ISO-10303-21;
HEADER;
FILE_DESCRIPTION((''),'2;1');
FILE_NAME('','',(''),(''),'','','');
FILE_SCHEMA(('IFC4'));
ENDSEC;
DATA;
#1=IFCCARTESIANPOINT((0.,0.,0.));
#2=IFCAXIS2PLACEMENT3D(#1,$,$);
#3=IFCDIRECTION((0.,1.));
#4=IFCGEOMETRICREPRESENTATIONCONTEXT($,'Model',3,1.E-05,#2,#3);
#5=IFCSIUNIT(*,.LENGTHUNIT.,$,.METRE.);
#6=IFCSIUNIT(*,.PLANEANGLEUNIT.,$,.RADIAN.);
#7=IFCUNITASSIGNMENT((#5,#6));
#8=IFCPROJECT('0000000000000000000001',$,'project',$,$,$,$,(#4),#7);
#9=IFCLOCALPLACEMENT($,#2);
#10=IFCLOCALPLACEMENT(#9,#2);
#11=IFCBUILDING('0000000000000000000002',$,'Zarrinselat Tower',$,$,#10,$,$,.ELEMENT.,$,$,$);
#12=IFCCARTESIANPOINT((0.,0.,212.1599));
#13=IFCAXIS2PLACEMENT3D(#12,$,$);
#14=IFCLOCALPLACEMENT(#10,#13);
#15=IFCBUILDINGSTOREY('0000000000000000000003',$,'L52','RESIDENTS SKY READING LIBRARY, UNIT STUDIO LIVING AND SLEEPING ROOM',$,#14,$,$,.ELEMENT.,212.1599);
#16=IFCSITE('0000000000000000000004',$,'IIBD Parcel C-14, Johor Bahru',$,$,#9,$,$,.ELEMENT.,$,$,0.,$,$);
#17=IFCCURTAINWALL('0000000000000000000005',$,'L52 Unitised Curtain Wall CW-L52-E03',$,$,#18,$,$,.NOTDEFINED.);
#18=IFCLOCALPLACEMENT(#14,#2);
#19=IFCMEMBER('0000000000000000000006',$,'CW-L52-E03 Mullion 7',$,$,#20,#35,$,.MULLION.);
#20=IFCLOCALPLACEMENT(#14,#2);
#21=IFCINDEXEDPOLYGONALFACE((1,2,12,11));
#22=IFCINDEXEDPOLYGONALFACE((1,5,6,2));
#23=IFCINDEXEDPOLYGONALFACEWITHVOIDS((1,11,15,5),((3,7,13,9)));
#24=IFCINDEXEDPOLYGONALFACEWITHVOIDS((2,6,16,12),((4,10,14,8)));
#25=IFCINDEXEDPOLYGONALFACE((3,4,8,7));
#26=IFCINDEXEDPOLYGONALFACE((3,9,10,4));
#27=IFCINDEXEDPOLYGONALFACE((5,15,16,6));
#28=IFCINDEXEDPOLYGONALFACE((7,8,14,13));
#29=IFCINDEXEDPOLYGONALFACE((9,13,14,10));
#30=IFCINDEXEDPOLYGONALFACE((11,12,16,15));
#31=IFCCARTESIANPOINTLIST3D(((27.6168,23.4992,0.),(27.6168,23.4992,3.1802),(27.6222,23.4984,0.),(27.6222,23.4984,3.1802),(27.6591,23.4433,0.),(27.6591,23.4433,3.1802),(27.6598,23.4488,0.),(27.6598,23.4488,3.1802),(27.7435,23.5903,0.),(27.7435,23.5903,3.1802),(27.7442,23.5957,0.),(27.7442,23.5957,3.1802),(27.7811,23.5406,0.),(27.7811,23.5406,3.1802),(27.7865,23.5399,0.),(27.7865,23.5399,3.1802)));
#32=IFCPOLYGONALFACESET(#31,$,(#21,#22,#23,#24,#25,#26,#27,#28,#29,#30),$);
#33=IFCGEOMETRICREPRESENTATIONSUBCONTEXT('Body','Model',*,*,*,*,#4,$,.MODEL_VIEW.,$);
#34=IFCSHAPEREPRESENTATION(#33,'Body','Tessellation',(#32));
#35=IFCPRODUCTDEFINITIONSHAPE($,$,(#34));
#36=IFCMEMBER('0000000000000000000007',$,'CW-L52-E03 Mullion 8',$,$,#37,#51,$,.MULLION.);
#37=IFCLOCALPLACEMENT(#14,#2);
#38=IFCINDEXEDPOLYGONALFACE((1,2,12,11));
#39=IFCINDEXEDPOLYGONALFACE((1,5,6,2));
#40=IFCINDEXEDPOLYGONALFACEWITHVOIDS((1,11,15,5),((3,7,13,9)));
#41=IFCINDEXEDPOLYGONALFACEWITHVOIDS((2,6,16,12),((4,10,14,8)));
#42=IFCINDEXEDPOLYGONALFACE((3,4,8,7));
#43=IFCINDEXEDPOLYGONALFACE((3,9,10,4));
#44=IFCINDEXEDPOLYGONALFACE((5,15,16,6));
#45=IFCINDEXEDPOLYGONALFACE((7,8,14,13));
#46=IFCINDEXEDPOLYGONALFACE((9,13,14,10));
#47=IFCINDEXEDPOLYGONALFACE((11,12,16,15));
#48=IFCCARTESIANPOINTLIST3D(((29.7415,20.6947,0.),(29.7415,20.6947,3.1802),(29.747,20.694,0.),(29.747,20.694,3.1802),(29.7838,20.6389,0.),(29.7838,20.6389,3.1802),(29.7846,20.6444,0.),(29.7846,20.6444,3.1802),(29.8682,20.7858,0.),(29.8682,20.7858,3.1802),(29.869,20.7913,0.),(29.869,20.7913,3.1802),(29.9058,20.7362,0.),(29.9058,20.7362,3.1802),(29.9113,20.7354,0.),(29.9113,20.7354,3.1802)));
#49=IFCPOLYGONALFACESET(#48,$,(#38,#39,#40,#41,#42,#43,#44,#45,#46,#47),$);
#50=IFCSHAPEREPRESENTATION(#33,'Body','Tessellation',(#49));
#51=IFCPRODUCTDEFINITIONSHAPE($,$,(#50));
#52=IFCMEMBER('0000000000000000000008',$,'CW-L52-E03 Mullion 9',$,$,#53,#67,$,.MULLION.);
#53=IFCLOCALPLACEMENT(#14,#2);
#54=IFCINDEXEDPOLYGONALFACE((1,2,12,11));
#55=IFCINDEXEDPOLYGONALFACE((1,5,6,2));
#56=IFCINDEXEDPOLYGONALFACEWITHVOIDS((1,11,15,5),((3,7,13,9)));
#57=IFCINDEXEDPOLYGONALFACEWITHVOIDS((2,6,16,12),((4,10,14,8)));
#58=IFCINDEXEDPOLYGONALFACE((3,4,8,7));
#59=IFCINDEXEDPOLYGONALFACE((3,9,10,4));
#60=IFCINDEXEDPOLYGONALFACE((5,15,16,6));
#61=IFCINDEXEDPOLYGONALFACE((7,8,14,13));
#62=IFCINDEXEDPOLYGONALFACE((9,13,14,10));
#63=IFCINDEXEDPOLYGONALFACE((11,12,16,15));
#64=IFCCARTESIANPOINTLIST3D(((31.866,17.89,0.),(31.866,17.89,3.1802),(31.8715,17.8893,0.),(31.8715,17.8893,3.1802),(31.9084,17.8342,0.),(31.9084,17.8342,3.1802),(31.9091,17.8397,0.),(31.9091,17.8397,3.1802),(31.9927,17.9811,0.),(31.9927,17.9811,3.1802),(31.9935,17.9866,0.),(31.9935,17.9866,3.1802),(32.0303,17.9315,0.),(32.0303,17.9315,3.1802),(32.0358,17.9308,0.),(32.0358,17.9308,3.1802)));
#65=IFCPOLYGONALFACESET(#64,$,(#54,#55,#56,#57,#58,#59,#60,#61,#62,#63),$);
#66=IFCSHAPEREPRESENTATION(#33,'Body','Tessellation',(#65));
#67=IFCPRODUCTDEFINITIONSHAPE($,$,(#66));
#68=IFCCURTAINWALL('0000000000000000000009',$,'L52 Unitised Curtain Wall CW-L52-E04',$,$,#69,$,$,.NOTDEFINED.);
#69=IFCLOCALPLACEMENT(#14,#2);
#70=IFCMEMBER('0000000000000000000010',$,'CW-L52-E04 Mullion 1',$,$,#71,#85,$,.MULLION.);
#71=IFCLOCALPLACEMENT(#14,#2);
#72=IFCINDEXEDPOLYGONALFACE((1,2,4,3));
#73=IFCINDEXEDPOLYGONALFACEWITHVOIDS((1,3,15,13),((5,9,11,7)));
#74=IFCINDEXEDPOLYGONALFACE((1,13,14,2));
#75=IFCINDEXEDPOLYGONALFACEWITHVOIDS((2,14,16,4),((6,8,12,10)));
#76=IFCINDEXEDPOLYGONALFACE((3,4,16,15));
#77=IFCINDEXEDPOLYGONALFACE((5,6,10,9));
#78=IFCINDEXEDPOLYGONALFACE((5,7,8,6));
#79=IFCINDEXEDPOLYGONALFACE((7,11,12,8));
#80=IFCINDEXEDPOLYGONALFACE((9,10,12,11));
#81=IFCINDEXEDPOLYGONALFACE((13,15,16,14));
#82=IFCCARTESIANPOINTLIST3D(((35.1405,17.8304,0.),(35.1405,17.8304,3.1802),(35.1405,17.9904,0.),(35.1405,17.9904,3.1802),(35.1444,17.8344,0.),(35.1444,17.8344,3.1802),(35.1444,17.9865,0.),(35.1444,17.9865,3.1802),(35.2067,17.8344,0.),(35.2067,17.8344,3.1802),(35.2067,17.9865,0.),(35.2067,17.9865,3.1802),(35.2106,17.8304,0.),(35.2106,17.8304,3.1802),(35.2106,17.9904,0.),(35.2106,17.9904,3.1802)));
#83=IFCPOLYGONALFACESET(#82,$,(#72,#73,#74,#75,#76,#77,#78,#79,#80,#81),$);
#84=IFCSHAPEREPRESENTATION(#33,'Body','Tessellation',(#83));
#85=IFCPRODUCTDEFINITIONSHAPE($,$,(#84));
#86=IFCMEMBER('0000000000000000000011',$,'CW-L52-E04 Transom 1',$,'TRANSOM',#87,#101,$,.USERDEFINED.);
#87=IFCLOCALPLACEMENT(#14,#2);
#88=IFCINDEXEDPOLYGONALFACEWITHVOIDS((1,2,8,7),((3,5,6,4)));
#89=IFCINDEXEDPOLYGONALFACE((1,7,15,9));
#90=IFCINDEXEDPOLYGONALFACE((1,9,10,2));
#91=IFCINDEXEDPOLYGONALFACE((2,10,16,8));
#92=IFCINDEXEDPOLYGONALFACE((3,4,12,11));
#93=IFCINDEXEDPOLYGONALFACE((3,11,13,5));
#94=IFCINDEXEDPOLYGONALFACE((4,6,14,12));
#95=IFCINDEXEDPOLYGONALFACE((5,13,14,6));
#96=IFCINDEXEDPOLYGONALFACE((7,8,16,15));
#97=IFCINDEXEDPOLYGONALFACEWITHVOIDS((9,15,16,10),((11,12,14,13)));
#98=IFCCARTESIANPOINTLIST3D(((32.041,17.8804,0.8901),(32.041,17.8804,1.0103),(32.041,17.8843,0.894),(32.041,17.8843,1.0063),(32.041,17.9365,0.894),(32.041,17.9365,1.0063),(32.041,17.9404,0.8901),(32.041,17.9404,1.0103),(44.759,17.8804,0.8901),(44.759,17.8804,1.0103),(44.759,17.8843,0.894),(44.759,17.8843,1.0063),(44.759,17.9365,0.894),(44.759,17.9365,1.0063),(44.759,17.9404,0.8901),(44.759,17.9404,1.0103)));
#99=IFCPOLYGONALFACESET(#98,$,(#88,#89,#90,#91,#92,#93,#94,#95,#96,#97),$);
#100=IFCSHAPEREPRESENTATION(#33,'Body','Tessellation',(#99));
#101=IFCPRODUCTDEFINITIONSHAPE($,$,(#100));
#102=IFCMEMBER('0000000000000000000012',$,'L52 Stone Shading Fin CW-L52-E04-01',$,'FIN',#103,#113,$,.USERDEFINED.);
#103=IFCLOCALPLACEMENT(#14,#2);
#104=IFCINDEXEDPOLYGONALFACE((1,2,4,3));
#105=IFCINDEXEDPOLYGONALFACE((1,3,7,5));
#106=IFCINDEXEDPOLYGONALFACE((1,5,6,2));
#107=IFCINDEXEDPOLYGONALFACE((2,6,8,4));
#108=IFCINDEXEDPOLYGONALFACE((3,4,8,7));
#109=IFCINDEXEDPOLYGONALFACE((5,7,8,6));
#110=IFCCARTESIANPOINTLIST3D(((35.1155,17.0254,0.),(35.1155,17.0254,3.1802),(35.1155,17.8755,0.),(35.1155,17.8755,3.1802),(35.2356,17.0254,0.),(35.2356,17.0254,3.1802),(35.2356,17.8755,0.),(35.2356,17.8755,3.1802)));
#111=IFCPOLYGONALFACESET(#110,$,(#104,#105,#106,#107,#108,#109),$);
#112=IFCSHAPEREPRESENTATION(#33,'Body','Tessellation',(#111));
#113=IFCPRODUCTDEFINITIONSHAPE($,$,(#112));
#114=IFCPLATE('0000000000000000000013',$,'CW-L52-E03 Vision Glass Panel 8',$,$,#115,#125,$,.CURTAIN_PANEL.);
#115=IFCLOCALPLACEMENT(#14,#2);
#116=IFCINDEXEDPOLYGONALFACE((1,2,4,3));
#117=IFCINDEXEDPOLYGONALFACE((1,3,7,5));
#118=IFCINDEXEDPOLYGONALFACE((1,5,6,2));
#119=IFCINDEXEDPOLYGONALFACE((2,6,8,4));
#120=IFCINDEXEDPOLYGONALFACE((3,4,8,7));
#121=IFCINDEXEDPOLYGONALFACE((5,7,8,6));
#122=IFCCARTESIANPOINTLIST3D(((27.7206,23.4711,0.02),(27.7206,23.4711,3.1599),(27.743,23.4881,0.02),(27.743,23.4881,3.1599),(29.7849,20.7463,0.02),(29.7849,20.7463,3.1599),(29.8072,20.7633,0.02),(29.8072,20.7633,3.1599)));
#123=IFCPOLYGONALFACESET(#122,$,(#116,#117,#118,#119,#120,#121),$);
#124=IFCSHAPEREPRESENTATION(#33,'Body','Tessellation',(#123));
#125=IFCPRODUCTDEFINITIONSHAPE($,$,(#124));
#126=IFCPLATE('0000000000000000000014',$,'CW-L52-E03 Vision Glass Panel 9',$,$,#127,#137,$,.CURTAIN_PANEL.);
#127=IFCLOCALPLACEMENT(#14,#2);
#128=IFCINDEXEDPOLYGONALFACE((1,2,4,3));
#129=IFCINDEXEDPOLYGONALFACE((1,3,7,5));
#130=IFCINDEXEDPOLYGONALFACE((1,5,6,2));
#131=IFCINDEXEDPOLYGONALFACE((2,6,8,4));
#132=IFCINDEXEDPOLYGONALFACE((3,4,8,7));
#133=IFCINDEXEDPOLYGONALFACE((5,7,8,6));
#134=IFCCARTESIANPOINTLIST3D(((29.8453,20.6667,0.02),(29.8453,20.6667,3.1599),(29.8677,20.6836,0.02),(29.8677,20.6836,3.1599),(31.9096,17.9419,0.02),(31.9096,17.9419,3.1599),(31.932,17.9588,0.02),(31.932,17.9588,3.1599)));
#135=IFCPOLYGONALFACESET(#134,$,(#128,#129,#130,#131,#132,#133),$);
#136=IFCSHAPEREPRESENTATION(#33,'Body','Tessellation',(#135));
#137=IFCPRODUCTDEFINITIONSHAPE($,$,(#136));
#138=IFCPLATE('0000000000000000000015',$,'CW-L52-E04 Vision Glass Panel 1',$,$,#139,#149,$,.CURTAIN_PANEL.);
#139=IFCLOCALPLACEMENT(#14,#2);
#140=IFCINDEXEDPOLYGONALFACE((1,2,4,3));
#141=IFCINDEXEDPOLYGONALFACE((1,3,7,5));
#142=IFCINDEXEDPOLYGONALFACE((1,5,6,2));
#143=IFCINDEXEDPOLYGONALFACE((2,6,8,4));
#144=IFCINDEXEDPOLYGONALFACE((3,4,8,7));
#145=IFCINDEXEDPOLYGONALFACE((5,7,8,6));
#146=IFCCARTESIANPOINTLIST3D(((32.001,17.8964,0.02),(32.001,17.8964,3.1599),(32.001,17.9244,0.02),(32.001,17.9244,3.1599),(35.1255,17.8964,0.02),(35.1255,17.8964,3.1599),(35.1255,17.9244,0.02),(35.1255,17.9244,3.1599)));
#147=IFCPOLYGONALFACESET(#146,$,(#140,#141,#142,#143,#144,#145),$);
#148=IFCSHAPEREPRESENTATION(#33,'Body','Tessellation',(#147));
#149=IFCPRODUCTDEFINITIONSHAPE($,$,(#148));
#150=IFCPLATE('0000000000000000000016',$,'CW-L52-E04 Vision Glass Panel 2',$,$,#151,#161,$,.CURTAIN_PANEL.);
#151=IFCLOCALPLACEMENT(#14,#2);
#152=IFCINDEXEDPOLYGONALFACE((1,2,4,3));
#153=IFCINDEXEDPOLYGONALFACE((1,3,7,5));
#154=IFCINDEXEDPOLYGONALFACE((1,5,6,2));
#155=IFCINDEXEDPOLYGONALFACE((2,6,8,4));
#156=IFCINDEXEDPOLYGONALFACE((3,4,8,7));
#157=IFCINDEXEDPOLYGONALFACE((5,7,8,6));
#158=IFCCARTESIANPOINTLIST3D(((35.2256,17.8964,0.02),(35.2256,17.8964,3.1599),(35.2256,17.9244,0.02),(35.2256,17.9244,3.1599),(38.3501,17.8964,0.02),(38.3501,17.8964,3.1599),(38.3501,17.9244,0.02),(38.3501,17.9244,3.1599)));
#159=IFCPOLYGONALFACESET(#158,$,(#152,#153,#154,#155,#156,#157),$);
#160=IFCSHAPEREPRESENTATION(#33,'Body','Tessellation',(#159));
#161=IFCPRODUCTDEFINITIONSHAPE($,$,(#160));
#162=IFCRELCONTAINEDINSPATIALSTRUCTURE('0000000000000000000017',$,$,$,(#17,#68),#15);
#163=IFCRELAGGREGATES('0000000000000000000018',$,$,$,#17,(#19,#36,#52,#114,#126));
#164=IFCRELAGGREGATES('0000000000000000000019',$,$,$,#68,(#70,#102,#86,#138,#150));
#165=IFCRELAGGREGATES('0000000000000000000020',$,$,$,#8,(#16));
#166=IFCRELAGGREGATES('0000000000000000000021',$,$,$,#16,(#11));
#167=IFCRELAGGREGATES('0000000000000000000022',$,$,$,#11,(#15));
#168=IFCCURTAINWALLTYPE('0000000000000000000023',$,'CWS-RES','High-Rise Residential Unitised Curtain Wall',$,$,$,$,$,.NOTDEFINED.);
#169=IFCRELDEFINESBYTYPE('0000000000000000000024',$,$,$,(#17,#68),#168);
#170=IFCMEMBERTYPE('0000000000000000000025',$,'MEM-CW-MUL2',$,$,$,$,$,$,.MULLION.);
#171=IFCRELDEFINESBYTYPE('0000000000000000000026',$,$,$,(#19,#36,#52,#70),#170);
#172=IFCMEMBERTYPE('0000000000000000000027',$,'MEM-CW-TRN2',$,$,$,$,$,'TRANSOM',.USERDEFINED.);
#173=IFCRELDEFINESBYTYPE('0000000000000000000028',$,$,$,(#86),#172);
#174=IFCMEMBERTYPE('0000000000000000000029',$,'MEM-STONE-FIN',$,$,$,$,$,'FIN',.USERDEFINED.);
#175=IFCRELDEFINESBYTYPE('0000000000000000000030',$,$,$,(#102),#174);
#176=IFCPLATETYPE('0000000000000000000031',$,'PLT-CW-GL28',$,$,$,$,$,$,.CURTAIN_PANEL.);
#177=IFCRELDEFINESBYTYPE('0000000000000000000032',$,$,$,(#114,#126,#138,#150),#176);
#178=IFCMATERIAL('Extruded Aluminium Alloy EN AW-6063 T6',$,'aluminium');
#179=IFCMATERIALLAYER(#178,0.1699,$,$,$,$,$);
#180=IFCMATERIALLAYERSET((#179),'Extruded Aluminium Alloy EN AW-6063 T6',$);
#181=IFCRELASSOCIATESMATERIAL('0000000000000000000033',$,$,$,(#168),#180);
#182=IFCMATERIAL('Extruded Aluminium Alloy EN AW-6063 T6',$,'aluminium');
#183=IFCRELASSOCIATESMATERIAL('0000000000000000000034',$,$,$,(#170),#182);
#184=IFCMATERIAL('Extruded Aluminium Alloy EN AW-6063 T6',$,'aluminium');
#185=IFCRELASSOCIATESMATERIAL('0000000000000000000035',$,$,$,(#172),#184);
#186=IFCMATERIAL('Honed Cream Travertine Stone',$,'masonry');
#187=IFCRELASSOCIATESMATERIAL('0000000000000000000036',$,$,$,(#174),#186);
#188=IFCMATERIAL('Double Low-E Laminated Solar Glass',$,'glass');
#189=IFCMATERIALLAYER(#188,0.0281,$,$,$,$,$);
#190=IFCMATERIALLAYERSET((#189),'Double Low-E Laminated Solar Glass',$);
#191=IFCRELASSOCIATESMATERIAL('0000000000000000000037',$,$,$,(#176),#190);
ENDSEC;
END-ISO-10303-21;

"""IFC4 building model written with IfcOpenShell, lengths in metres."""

from ifc_helpers import new_model, si_unit, direction, frame, origin, origin_2d, place, context, subcontext, project, spatial, rectangle, hollow_rectangle, extrude, material, layer, layer_set, material_profile, profile_set, type_object, element, aggregate, save


model = new_model("IFC4")

# Units and contexts
model_context = context("Model", 3, precision=1e-05, world=origin(), true_north=direction((0.0, 1.0)))
body_context = subcontext(model_context, "Body", "Model", "MODEL_VIEW")
ifc_project = project(units=[si_unit("LENGTHUNIT", "METRE"), si_unit("PLANEANGLEUNIT", "RADIAN")], contexts=[model_context])

# Site, building, storey
site_placement = place(None, origin())
site = spatial("IfcSite", under=ifc_project, at=site_placement, Name="IIBD Parcel C-14, Johor Bahru", CompositionType="ELEMENT", RefElevation=0.0)
building_placement = place(site_placement, origin())
building = spatial("IfcBuilding", under=site, at=building_placement, Name="Zarrinselat Tower", CompositionType="ELEMENT")
storey_placement = place(building_placement, frame((0.0, 0.0, 212.1599)))
storey = spatial("IfcBuildingStorey", under=building, at=storey_placement, Name="L52", Description="RESIDENTS SKY READING LIBRARY, UNIT STUDIO LIVING AND SLEEPING ROOM", CompositionType="ELEMENT", Elevation=212.1599)

# Curtain walls, members
ifc_material_1 = material(Name="Extruded Aluminium Alloy EN AW-6063 T6", Category="aluminium")
ifc_layer_1 = layer(ifc_material_1, 0.1699)
ifc_layer_set_1 = layer_set([ifc_layer_1], Name="Extruded Aluminium Alloy EN AW-6063 T6")
curtain_wall_type = type_object("IfcCurtainWallType", Name="CWS-RES", Description="High-Rise Residential Unitised Curtain Wall", PredefinedType="NOTDEFINED", material=ifc_layer_set_1)
curtain_wall_1_placement = place(storey_placement, origin())
curtain_wall_1 = element("IfcCurtainWall", 1, at=curtain_wall_1_placement, inside=storey, type_object=curtain_wall_type, Name="L52 Unitised Curtain Wall CW-L52-E03", PredefinedType="NOTDEFINED")
ifc_material_2 = material(Name="Extruded Aluminium Alloy EN AW-6063 T6", Category="aluminium")
ifc_material_profile_1 = material_profile(ifc_material_2, hollow_rectangle(XDim=0.0701, YDim=0.1599, WallThickness=0.0039, at=origin_2d()), Name="RHS 160x70x4")
ifc_profile_set_1 = profile_set([ifc_material_profile_1], Name="Extruded Aluminium Alloy EN AW-6063 T6")
member_type_1 = type_object("IfcMemberType", Name="MEM-CW-MUL2", PredefinedType="MULLION", material=ifc_profile_set_1)
member_1_placement = place(storey_placement, frame((27.7017, 23.5195, 0.0), z_axis=(0.0, 0.0, 1.0), x_axis=(0.603859, -0.797091, 0.0)))
member_1 = element("IfcMember", 2, at=member_1_placement, type_object=member_type_1, Name="CW-L52-E03 Mullion 7", PredefinedType="MULLION", context=body_context, shape_type="SweptSolid", body=[
    extrude(hollow_rectangle(XDim=0.0701, YDim=0.1599, WallThickness=0.0039, at=origin_2d()), origin(), (0.0, 0.0, 1.0), 3.1802),
])
member_2_placement = place(storey_placement, frame((29.8264, 20.7151, 0.0), z_axis=(0.0, 0.0, 1.0), x_axis=(0.603859, -0.797091, 0.0)))
member_2 = element("IfcMember", 3, at=member_2_placement, type_object=member_type_1, Name="CW-L52-E03 Mullion 8", PredefinedType="MULLION", context=body_context, shape_type="SweptSolid", body=[
    extrude(hollow_rectangle(XDim=0.0701, YDim=0.1599, WallThickness=0.0039, at=origin_2d()), origin(), (0.0, 0.0, 1.0), 3.1802),
])
member_3_placement = place(storey_placement, frame((31.9509, 17.9104, 0.0), z_axis=(0.0, 0.0, 1.0), x_axis=(0.603859, -0.797091, 0.0)))
member_3 = element("IfcMember", 4, at=member_3_placement, type_object=member_type_1, Name="CW-L52-E03 Mullion 9", PredefinedType="MULLION", context=body_context, shape_type="SweptSolid", body=[
    extrude(hollow_rectangle(XDim=0.0701, YDim=0.1599, WallThickness=0.0039, at=origin_2d()), origin(), (0.0, 0.0, 1.0), 3.1802),
])
curtain_wall_2_placement = place(storey_placement, origin())
curtain_wall_2 = element("IfcCurtainWall", 5, at=curtain_wall_2_placement, inside=storey, type_object=curtain_wall_type, Name="L52 Unitised Curtain Wall CW-L52-E04", PredefinedType="NOTDEFINED")
member_4_placement = place(storey_placement, frame((35.1755, 17.9104, 0.0), z_axis=(0.0, 0.0, 1.0), x_axis=(1.0, 0.0, 0.0)))
member_4 = element("IfcMember", 6, at=member_4_placement, type_object=member_type_1, Name="CW-L52-E04 Mullion 1", PredefinedType="MULLION", context=body_context, shape_type="SweptSolid", body=[
    extrude(hollow_rectangle(XDim=0.0701, YDim=0.1599, WallThickness=0.0039, at=origin_2d()), origin(), (0.0, 0.0, 1.0), 3.1802),
])
ifc_material_3 = material(Name="Extruded Aluminium Alloy EN AW-6063 T6", Category="aluminium")
ifc_material_profile_2 = material_profile(ifc_material_3, hollow_rectangle(XDim=0.0601, YDim=0.1201, WallThickness=0.0039, at=origin_2d()), Name="RHS 120x60x4")
ifc_profile_set_2 = profile_set([ifc_material_profile_2], Name="Extruded Aluminium Alloy EN AW-6063 T6")
member_type_2 = type_object("IfcMemberType", Name="MEM-CW-TRN2", ElementType="TRANSOM", PredefinedType="USERDEFINED", material=ifc_profile_set_2)
member_5_placement = place(storey_placement, frame((32.041, 17.9104, 0.9502), z_axis=(1.0, 0.0, 0.0), x_axis=(0.0, 1.0, 0.0)))
member_5 = element("IfcMember", 7, at=member_5_placement, type_object=member_type_2, Name="CW-L52-E04 Transom 1", ObjectType="TRANSOM", PredefinedType="USERDEFINED", context=body_context, shape_type="SweptSolid", body=[
    extrude(hollow_rectangle(XDim=0.0601, YDim=0.1201, WallThickness=0.0039, at=origin_2d()), origin(), (0.0, 0.0, 1.0), 12.718),
])
ifc_material_4 = material(Name="Honed Cream Travertine Stone", Category="masonry")
ifc_material_profile_3 = material_profile(ifc_material_4, rectangle(XDim=0.1201, YDim=0.8501, at=origin_2d()), Name="FIN 850x120")
ifc_profile_set_3 = profile_set([ifc_material_profile_3], Name="Honed Cream Travertine Stone")
member_type_3 = type_object("IfcMemberType", Name="MEM-STONE-FIN", ElementType="FIN", PredefinedType="USERDEFINED", material=ifc_profile_set_3)
member_6_placement = place(storey_placement, frame((35.1755, 17.4504, 0.0), z_axis=(0.0, 0.0, 1.0), x_axis=(-1.0, 0.0, 0.0)))
member_6 = element("IfcMember", 8, at=member_6_placement, type_object=member_type_3, Name="L52 Stone Shading Fin CW-L52-E04-01", ObjectType="FIN", PredefinedType="USERDEFINED", context=body_context, shape_type="SweptSolid", body=[
    extrude(rectangle(XDim=0.1201, YDim=0.8501, at=origin_2d()), origin(), (0.0, 0.0, 1.0), 3.1802),
])

# Plates
ifc_material_5 = material(Name="Double Low-E Laminated Solar Glass", Category="glass")
ifc_layer_2 = layer(ifc_material_5, 0.0281)
ifc_layer_set_2 = layer_set([ifc_layer_2], Name="Double Low-E Laminated Solar Glass")
plate_type = type_object("IfcPlateType", Name="PLT-CW-GL28", PredefinedType="CURTAIN_PANEL", material=ifc_layer_set_2)
plate_1_placement = place(storey_placement, frame((28.7639, 22.1172, 0.02), z_axis=(0.0, 0.0, 1.0), x_axis=(0.603859, -0.797091, 0.0)))
plate_1 = element("IfcPlate", 9, at=plate_1_placement, type_object=plate_type, Name="CW-L52-E03 Vision Glass Panel 8", PredefinedType="CURTAIN_PANEL", context=body_context, shape_type="SweptSolid", body=[
    extrude(rectangle(XDim=3.4185, YDim=0.0281, at=origin_2d()), origin(), (0.0, 0.0, 1.0), 3.1399),
])
plate_2_placement = place(storey_placement, frame((30.8887, 19.3127, 0.02), z_axis=(0.0, 0.0, 1.0), x_axis=(0.603859, -0.797091, 0.0)))
plate_2 = element("IfcPlate", 10, at=plate_2_placement, type_object=plate_type, Name="CW-L52-E03 Vision Glass Panel 9", PredefinedType="CURTAIN_PANEL", context=body_context, shape_type="SweptSolid", body=[
    extrude(rectangle(XDim=3.4185, YDim=0.0281, at=origin_2d()), origin(), (0.0, 0.0, 1.0), 3.1399),
])
aggregate(curtain_wall_1, [member_1, member_2, member_3, plate_1, plate_2])
plate_3_placement = place(storey_placement, frame((33.5632, 17.9104, 0.02), z_axis=(0.0, 0.0, 1.0), x_axis=(1.0, 0.0, 0.0)))
plate_3 = element("IfcPlate", 11, at=plate_3_placement, type_object=plate_type, Name="CW-L52-E04 Vision Glass Panel 1", PredefinedType="CURTAIN_PANEL", context=body_context, shape_type="SweptSolid", body=[
    extrude(rectangle(XDim=3.1245, YDim=0.0281, at=origin_2d()), origin(), (0.0, 0.0, 1.0), 3.1399),
])
plate_4_placement = place(storey_placement, frame((36.7878, 17.9104, 0.02), z_axis=(0.0, 0.0, 1.0), x_axis=(1.0, 0.0, 0.0)))
plate_4 = element("IfcPlate", 12, at=plate_4_placement, type_object=plate_type, Name="CW-L52-E04 Vision Glass Panel 2", PredefinedType="CURTAIN_PANEL", context=body_context, shape_type="SweptSolid", body=[
    extrude(rectangle(XDim=3.1245, YDim=0.0281, at=origin_2d()), origin(), (0.0, 0.0, 1.0), 3.1399),
])
aggregate(curtain_wall_2, [member_4, member_6, member_5, plate_3, plate_4])

save(model, "model.ifc")
